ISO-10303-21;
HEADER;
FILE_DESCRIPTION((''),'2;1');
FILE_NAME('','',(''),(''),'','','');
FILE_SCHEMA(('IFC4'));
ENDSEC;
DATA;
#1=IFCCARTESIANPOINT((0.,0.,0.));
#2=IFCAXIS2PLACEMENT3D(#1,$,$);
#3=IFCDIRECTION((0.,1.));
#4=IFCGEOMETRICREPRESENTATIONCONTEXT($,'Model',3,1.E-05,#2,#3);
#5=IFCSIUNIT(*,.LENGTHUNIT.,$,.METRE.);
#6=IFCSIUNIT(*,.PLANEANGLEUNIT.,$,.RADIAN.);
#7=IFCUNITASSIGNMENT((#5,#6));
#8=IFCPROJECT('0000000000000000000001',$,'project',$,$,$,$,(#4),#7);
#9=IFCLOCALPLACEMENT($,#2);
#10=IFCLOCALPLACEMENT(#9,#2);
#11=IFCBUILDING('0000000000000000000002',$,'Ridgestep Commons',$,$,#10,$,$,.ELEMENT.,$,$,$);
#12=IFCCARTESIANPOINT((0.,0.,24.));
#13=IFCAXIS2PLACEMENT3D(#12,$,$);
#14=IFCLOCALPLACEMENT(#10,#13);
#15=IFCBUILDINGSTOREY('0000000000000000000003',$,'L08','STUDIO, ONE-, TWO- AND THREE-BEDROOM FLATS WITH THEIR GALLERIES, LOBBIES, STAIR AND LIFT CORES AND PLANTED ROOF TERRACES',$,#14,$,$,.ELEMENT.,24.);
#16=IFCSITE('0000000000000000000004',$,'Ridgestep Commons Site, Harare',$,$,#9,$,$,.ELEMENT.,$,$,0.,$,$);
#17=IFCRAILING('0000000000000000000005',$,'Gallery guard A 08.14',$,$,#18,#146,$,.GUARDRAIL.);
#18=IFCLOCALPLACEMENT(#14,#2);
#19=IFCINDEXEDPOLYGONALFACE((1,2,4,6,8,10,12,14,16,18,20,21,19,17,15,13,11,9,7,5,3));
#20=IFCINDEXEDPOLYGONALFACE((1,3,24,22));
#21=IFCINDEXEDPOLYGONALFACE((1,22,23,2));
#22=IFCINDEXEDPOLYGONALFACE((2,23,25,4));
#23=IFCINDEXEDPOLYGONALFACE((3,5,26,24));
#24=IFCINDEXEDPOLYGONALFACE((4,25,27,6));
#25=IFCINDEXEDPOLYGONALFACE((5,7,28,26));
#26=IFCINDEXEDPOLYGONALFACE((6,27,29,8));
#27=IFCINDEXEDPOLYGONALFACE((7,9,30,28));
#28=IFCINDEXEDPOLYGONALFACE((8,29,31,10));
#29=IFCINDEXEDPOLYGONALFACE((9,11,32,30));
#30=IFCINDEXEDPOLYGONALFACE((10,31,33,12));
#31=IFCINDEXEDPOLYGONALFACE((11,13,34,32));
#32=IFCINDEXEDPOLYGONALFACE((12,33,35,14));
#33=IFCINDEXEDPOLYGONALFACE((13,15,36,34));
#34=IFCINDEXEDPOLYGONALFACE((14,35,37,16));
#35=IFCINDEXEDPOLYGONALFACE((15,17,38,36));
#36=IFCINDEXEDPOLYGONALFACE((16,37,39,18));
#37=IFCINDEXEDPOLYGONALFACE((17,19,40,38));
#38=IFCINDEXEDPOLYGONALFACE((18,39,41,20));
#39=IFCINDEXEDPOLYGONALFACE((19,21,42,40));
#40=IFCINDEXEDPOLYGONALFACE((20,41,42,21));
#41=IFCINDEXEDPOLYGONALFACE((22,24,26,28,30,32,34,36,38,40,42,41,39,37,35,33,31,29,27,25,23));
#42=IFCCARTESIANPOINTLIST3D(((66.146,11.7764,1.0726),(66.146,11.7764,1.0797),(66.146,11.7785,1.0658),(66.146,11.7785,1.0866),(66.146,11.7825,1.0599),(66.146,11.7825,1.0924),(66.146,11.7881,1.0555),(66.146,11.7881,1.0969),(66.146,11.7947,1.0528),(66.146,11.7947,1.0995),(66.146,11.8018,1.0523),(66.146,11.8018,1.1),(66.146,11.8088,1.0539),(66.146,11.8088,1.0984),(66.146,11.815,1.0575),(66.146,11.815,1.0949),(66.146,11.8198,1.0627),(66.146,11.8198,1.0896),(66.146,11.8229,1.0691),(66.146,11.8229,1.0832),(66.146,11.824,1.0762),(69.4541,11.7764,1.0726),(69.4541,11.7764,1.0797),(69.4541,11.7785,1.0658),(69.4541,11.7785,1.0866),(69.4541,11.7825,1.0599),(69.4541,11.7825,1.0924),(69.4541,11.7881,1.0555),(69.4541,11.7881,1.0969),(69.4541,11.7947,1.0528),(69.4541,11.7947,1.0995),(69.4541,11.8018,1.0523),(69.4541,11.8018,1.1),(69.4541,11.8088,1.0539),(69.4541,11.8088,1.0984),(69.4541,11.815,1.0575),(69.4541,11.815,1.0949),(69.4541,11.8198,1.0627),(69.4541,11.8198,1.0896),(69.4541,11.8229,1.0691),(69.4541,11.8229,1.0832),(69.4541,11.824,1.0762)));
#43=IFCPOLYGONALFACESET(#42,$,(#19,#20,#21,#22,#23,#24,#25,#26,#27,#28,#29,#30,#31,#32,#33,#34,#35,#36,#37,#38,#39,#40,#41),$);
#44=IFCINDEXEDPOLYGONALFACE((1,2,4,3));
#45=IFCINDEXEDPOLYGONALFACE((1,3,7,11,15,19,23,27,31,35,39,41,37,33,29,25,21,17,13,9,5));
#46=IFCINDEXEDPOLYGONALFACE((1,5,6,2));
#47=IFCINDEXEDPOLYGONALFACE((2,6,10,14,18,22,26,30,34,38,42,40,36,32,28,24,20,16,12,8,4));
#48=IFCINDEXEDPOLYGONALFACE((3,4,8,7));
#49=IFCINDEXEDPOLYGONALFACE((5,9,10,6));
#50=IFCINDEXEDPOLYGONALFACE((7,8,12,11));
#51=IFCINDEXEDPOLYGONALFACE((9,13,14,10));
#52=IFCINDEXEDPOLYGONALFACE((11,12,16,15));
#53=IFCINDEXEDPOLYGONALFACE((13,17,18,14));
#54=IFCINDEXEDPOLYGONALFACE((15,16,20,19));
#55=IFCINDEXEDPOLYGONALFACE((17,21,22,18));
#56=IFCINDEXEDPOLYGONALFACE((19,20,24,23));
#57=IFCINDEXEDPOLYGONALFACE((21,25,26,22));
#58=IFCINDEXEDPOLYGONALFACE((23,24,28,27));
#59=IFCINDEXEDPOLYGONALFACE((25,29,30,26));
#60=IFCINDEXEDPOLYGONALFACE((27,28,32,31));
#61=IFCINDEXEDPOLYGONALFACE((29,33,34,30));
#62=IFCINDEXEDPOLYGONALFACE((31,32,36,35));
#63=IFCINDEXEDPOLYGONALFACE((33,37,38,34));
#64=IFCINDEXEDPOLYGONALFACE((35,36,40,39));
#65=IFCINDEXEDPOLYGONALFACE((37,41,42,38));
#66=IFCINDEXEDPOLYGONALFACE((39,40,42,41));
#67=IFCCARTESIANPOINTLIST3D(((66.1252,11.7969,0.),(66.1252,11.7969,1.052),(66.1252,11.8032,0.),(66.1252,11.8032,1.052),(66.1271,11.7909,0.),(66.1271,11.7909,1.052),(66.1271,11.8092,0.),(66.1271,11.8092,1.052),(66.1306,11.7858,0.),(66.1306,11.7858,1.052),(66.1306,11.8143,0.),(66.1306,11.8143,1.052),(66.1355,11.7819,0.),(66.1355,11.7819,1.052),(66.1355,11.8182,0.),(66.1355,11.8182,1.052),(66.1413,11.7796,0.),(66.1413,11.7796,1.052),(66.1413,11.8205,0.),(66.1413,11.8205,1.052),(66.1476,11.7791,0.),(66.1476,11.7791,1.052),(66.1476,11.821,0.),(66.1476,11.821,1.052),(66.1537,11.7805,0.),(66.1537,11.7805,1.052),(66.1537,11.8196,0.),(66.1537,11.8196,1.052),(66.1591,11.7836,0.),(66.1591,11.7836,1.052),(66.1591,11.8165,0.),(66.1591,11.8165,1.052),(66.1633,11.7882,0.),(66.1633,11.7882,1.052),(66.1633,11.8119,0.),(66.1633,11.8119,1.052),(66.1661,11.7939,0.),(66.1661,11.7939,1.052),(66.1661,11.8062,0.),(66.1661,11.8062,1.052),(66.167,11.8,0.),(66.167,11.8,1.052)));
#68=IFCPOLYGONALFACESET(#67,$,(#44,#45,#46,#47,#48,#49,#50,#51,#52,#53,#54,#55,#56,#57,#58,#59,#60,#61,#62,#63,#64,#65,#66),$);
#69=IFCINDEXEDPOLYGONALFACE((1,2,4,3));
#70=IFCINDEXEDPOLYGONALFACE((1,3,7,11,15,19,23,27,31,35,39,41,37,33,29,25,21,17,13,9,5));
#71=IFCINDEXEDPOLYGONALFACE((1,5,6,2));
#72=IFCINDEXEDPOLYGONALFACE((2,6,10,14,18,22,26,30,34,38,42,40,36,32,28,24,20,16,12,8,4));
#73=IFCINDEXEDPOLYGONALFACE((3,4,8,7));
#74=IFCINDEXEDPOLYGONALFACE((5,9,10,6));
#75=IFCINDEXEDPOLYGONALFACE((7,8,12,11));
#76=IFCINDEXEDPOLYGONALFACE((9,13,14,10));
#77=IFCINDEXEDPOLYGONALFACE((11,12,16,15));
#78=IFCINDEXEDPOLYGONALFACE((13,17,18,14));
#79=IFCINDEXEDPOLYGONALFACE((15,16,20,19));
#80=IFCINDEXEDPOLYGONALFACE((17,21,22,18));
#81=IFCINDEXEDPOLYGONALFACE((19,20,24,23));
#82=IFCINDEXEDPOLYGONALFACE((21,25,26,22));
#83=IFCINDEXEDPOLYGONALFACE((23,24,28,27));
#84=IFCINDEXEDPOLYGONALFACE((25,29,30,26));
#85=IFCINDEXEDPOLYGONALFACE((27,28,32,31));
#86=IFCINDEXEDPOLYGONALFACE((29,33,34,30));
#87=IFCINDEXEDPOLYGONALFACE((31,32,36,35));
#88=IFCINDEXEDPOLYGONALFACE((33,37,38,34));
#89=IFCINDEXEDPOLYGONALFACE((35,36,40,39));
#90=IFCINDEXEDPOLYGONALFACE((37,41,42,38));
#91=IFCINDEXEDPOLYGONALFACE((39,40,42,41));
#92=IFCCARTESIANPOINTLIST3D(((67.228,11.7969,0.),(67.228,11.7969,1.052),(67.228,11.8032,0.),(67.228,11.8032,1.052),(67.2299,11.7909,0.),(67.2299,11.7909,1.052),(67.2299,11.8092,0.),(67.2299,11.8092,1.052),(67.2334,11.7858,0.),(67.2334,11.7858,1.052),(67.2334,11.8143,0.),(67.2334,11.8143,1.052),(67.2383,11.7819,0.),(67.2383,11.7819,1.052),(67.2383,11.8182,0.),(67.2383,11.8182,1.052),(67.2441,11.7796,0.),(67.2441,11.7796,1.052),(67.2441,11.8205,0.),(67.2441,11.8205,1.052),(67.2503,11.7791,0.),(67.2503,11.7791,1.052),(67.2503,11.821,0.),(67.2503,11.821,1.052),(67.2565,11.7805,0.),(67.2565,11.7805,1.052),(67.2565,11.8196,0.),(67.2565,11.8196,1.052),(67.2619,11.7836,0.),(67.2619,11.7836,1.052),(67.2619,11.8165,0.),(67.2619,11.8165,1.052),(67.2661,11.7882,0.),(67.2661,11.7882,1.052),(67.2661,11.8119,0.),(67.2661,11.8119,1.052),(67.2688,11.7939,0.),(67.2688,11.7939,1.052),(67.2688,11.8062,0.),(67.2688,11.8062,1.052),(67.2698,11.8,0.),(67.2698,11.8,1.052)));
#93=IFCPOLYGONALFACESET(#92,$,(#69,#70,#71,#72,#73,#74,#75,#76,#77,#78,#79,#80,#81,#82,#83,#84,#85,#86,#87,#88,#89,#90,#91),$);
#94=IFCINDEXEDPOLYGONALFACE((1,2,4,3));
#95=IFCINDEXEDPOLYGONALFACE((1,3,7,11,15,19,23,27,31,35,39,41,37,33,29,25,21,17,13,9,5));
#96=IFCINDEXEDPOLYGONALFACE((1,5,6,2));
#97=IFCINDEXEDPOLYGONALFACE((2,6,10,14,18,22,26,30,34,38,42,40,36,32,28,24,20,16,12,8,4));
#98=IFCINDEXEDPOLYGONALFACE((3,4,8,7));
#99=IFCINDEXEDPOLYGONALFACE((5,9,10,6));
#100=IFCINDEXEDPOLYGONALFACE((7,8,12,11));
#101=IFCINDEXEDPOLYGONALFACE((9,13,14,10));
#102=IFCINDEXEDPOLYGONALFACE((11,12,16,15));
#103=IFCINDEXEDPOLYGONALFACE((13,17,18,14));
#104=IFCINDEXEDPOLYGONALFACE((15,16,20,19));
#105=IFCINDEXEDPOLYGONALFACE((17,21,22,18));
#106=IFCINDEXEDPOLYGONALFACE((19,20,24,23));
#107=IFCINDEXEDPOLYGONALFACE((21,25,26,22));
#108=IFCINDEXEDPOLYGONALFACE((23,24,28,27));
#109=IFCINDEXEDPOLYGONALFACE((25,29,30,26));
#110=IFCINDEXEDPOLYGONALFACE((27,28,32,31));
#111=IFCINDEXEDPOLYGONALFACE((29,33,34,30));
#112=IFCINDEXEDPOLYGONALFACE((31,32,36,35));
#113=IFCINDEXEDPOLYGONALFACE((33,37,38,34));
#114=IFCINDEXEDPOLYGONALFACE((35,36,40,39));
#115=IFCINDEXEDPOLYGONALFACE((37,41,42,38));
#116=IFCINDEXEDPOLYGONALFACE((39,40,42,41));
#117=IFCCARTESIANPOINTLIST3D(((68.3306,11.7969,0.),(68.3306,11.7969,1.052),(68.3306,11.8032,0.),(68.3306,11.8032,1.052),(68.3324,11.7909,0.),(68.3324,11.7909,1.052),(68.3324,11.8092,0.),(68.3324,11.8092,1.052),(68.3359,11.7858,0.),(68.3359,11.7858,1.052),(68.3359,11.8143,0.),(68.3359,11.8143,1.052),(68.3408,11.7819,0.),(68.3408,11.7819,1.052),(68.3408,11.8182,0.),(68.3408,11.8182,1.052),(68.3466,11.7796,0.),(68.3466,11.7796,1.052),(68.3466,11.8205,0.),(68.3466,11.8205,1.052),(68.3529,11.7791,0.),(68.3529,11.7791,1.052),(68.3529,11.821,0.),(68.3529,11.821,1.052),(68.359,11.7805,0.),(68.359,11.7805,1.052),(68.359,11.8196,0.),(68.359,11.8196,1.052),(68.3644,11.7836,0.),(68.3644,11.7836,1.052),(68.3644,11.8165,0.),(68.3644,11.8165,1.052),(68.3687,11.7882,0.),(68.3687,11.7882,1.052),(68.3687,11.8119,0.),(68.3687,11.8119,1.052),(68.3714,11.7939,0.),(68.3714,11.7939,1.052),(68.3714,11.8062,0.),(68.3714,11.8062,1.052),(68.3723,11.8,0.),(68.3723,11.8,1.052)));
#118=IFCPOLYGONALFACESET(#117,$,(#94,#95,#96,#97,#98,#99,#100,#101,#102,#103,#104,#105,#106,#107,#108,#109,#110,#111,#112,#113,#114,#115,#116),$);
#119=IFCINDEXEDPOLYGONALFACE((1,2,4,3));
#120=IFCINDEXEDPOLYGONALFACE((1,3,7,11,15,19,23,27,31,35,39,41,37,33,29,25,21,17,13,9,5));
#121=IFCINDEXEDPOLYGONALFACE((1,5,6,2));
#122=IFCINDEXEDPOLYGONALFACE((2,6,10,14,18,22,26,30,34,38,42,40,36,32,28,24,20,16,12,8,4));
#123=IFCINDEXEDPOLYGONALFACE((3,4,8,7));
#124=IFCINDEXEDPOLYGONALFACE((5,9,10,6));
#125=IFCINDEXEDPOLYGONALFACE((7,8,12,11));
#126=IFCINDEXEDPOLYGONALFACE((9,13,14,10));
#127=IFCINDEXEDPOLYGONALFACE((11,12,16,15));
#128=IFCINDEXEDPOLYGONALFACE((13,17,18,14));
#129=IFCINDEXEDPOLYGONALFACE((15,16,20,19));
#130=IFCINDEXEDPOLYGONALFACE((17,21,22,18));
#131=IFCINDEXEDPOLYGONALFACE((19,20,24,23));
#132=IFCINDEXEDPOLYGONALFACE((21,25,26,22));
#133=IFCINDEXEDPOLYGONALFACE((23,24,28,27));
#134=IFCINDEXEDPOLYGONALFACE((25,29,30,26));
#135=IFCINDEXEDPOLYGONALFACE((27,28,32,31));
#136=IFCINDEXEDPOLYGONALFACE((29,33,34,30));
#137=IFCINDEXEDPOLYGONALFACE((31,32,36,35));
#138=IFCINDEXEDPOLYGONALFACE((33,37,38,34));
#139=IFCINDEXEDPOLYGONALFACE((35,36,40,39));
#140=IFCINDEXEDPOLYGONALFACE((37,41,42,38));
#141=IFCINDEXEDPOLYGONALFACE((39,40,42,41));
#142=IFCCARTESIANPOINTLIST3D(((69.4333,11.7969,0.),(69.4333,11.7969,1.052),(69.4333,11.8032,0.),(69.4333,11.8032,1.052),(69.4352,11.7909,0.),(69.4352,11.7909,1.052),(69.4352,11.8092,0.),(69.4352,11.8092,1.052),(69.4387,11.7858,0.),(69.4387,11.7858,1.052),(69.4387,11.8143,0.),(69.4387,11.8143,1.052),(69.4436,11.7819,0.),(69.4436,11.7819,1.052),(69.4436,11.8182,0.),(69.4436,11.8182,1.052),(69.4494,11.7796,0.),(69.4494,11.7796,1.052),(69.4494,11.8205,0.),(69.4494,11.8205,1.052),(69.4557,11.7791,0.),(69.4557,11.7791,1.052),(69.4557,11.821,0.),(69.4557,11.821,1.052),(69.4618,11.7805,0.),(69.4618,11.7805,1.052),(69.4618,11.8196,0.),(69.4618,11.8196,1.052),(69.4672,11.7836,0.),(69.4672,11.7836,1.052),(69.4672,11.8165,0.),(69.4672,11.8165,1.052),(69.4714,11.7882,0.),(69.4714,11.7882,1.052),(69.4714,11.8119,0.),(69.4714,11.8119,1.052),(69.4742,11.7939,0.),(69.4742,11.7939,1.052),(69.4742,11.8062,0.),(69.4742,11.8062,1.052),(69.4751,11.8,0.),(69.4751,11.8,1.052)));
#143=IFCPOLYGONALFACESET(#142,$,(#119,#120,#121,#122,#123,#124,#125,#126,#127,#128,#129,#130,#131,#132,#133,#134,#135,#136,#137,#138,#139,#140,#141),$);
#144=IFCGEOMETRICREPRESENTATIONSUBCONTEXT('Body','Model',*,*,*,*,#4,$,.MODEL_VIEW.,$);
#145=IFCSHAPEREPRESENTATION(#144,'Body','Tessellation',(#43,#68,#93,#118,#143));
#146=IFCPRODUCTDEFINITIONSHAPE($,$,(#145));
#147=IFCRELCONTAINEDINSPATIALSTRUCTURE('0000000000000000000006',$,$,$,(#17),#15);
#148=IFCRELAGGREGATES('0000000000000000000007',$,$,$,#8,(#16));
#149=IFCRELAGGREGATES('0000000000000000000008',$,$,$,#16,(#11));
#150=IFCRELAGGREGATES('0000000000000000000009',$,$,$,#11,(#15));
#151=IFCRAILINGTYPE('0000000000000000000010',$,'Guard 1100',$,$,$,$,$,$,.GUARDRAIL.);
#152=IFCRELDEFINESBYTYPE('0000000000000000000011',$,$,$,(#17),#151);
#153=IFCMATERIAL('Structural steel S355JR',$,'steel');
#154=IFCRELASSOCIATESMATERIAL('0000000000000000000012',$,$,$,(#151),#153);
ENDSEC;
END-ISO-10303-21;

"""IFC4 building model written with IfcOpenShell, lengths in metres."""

from ifc_helpers import new_model, si_unit, direction, frame, origin, origin_2d, place, context, subcontext, project, spatial, circle, extrude, material, type_object, element, save


model = new_model("IFC4")

# Units and contexts
model_context = context("Model", 3, precision=1e-05, world=origin(), true_north=direction((0.0, 1.0)))
body_context = subcontext(model_context, "Body", "Model", "MODEL_VIEW")
ifc_project = project(units=[si_unit("LENGTHUNIT", "METRE"), si_unit("PLANEANGLEUNIT", "RADIAN")], contexts=[model_context])

# Site, building, storey
site_placement = place(None, origin())
site = spatial("IfcSite", under=ifc_project, at=site_placement, Name="Ridgestep Commons Site, Harare", CompositionType="ELEMENT", RefElevation=0.0)
building_placement = place(site_placement, origin())
building = spatial("IfcBuilding", under=site, at=building_placement, Name="Ridgestep Commons", CompositionType="ELEMENT")
storey_placement = place(building_placement, frame((0.0, 0.0, 24.0)))
storey = spatial("IfcBuildingStorey", under=building, at=storey_placement, Name="L08", Description="STUDIO, ONE-, TWO- AND THREE-BEDROOM FLATS WITH THEIR GALLERIES, LOBBIES, STAIR AND LIFT CORES AND PLANTED ROOF TERRACES", CompositionType="ELEMENT", Elevation=24.0)

# Railing
ifc_material_1 = material(Name="Structural steel S355JR", Category="steel")
railing_type = type_object("IfcRailingType", Name="Guard 1100", PredefinedType="GUARDRAIL", material=ifc_material_1)
railing_1_placement = place(storey_placement, frame((66.146, 11.8, 0.0)))
element("IfcRailing", 1, at=railing_1_placement, inside=storey, type_object=railing_type, Name="Gallery guard A 08.14", PredefinedType="GUARDRAIL", context=body_context, shape_type="SweptSolid", body=[
    extrude(circle(Radius=0.0239, at=origin_2d()), frame((0.0, 0.0, 1.0762), z_axis=(1.0, 0.0, 0.0), x_axis=(0.0, 1.0, 0.0)), (0.0, 0.0, 1.0), 3.3081),
    extrude(circle(Radius=0.021, at=origin_2d()), origin(), (0.0, 0.0, 1.0), 1.052),
    extrude(circle(Radius=0.021, at=origin_2d()), frame((1.1028, 0.0, 0.0)), (0.0, 0.0, 1.0), 1.052),
    extrude(circle(Radius=0.021, at=origin_2d()), frame((2.2053, 0.0, 0.0)), (0.0, 0.0, 1.0), 1.052),
    extrude(circle(Radius=0.021, at=origin_2d()), frame((3.3081, 0.0, 0.0)), (0.0, 0.0, 1.0), 1.052),
])

save(model, "model.ifc")
